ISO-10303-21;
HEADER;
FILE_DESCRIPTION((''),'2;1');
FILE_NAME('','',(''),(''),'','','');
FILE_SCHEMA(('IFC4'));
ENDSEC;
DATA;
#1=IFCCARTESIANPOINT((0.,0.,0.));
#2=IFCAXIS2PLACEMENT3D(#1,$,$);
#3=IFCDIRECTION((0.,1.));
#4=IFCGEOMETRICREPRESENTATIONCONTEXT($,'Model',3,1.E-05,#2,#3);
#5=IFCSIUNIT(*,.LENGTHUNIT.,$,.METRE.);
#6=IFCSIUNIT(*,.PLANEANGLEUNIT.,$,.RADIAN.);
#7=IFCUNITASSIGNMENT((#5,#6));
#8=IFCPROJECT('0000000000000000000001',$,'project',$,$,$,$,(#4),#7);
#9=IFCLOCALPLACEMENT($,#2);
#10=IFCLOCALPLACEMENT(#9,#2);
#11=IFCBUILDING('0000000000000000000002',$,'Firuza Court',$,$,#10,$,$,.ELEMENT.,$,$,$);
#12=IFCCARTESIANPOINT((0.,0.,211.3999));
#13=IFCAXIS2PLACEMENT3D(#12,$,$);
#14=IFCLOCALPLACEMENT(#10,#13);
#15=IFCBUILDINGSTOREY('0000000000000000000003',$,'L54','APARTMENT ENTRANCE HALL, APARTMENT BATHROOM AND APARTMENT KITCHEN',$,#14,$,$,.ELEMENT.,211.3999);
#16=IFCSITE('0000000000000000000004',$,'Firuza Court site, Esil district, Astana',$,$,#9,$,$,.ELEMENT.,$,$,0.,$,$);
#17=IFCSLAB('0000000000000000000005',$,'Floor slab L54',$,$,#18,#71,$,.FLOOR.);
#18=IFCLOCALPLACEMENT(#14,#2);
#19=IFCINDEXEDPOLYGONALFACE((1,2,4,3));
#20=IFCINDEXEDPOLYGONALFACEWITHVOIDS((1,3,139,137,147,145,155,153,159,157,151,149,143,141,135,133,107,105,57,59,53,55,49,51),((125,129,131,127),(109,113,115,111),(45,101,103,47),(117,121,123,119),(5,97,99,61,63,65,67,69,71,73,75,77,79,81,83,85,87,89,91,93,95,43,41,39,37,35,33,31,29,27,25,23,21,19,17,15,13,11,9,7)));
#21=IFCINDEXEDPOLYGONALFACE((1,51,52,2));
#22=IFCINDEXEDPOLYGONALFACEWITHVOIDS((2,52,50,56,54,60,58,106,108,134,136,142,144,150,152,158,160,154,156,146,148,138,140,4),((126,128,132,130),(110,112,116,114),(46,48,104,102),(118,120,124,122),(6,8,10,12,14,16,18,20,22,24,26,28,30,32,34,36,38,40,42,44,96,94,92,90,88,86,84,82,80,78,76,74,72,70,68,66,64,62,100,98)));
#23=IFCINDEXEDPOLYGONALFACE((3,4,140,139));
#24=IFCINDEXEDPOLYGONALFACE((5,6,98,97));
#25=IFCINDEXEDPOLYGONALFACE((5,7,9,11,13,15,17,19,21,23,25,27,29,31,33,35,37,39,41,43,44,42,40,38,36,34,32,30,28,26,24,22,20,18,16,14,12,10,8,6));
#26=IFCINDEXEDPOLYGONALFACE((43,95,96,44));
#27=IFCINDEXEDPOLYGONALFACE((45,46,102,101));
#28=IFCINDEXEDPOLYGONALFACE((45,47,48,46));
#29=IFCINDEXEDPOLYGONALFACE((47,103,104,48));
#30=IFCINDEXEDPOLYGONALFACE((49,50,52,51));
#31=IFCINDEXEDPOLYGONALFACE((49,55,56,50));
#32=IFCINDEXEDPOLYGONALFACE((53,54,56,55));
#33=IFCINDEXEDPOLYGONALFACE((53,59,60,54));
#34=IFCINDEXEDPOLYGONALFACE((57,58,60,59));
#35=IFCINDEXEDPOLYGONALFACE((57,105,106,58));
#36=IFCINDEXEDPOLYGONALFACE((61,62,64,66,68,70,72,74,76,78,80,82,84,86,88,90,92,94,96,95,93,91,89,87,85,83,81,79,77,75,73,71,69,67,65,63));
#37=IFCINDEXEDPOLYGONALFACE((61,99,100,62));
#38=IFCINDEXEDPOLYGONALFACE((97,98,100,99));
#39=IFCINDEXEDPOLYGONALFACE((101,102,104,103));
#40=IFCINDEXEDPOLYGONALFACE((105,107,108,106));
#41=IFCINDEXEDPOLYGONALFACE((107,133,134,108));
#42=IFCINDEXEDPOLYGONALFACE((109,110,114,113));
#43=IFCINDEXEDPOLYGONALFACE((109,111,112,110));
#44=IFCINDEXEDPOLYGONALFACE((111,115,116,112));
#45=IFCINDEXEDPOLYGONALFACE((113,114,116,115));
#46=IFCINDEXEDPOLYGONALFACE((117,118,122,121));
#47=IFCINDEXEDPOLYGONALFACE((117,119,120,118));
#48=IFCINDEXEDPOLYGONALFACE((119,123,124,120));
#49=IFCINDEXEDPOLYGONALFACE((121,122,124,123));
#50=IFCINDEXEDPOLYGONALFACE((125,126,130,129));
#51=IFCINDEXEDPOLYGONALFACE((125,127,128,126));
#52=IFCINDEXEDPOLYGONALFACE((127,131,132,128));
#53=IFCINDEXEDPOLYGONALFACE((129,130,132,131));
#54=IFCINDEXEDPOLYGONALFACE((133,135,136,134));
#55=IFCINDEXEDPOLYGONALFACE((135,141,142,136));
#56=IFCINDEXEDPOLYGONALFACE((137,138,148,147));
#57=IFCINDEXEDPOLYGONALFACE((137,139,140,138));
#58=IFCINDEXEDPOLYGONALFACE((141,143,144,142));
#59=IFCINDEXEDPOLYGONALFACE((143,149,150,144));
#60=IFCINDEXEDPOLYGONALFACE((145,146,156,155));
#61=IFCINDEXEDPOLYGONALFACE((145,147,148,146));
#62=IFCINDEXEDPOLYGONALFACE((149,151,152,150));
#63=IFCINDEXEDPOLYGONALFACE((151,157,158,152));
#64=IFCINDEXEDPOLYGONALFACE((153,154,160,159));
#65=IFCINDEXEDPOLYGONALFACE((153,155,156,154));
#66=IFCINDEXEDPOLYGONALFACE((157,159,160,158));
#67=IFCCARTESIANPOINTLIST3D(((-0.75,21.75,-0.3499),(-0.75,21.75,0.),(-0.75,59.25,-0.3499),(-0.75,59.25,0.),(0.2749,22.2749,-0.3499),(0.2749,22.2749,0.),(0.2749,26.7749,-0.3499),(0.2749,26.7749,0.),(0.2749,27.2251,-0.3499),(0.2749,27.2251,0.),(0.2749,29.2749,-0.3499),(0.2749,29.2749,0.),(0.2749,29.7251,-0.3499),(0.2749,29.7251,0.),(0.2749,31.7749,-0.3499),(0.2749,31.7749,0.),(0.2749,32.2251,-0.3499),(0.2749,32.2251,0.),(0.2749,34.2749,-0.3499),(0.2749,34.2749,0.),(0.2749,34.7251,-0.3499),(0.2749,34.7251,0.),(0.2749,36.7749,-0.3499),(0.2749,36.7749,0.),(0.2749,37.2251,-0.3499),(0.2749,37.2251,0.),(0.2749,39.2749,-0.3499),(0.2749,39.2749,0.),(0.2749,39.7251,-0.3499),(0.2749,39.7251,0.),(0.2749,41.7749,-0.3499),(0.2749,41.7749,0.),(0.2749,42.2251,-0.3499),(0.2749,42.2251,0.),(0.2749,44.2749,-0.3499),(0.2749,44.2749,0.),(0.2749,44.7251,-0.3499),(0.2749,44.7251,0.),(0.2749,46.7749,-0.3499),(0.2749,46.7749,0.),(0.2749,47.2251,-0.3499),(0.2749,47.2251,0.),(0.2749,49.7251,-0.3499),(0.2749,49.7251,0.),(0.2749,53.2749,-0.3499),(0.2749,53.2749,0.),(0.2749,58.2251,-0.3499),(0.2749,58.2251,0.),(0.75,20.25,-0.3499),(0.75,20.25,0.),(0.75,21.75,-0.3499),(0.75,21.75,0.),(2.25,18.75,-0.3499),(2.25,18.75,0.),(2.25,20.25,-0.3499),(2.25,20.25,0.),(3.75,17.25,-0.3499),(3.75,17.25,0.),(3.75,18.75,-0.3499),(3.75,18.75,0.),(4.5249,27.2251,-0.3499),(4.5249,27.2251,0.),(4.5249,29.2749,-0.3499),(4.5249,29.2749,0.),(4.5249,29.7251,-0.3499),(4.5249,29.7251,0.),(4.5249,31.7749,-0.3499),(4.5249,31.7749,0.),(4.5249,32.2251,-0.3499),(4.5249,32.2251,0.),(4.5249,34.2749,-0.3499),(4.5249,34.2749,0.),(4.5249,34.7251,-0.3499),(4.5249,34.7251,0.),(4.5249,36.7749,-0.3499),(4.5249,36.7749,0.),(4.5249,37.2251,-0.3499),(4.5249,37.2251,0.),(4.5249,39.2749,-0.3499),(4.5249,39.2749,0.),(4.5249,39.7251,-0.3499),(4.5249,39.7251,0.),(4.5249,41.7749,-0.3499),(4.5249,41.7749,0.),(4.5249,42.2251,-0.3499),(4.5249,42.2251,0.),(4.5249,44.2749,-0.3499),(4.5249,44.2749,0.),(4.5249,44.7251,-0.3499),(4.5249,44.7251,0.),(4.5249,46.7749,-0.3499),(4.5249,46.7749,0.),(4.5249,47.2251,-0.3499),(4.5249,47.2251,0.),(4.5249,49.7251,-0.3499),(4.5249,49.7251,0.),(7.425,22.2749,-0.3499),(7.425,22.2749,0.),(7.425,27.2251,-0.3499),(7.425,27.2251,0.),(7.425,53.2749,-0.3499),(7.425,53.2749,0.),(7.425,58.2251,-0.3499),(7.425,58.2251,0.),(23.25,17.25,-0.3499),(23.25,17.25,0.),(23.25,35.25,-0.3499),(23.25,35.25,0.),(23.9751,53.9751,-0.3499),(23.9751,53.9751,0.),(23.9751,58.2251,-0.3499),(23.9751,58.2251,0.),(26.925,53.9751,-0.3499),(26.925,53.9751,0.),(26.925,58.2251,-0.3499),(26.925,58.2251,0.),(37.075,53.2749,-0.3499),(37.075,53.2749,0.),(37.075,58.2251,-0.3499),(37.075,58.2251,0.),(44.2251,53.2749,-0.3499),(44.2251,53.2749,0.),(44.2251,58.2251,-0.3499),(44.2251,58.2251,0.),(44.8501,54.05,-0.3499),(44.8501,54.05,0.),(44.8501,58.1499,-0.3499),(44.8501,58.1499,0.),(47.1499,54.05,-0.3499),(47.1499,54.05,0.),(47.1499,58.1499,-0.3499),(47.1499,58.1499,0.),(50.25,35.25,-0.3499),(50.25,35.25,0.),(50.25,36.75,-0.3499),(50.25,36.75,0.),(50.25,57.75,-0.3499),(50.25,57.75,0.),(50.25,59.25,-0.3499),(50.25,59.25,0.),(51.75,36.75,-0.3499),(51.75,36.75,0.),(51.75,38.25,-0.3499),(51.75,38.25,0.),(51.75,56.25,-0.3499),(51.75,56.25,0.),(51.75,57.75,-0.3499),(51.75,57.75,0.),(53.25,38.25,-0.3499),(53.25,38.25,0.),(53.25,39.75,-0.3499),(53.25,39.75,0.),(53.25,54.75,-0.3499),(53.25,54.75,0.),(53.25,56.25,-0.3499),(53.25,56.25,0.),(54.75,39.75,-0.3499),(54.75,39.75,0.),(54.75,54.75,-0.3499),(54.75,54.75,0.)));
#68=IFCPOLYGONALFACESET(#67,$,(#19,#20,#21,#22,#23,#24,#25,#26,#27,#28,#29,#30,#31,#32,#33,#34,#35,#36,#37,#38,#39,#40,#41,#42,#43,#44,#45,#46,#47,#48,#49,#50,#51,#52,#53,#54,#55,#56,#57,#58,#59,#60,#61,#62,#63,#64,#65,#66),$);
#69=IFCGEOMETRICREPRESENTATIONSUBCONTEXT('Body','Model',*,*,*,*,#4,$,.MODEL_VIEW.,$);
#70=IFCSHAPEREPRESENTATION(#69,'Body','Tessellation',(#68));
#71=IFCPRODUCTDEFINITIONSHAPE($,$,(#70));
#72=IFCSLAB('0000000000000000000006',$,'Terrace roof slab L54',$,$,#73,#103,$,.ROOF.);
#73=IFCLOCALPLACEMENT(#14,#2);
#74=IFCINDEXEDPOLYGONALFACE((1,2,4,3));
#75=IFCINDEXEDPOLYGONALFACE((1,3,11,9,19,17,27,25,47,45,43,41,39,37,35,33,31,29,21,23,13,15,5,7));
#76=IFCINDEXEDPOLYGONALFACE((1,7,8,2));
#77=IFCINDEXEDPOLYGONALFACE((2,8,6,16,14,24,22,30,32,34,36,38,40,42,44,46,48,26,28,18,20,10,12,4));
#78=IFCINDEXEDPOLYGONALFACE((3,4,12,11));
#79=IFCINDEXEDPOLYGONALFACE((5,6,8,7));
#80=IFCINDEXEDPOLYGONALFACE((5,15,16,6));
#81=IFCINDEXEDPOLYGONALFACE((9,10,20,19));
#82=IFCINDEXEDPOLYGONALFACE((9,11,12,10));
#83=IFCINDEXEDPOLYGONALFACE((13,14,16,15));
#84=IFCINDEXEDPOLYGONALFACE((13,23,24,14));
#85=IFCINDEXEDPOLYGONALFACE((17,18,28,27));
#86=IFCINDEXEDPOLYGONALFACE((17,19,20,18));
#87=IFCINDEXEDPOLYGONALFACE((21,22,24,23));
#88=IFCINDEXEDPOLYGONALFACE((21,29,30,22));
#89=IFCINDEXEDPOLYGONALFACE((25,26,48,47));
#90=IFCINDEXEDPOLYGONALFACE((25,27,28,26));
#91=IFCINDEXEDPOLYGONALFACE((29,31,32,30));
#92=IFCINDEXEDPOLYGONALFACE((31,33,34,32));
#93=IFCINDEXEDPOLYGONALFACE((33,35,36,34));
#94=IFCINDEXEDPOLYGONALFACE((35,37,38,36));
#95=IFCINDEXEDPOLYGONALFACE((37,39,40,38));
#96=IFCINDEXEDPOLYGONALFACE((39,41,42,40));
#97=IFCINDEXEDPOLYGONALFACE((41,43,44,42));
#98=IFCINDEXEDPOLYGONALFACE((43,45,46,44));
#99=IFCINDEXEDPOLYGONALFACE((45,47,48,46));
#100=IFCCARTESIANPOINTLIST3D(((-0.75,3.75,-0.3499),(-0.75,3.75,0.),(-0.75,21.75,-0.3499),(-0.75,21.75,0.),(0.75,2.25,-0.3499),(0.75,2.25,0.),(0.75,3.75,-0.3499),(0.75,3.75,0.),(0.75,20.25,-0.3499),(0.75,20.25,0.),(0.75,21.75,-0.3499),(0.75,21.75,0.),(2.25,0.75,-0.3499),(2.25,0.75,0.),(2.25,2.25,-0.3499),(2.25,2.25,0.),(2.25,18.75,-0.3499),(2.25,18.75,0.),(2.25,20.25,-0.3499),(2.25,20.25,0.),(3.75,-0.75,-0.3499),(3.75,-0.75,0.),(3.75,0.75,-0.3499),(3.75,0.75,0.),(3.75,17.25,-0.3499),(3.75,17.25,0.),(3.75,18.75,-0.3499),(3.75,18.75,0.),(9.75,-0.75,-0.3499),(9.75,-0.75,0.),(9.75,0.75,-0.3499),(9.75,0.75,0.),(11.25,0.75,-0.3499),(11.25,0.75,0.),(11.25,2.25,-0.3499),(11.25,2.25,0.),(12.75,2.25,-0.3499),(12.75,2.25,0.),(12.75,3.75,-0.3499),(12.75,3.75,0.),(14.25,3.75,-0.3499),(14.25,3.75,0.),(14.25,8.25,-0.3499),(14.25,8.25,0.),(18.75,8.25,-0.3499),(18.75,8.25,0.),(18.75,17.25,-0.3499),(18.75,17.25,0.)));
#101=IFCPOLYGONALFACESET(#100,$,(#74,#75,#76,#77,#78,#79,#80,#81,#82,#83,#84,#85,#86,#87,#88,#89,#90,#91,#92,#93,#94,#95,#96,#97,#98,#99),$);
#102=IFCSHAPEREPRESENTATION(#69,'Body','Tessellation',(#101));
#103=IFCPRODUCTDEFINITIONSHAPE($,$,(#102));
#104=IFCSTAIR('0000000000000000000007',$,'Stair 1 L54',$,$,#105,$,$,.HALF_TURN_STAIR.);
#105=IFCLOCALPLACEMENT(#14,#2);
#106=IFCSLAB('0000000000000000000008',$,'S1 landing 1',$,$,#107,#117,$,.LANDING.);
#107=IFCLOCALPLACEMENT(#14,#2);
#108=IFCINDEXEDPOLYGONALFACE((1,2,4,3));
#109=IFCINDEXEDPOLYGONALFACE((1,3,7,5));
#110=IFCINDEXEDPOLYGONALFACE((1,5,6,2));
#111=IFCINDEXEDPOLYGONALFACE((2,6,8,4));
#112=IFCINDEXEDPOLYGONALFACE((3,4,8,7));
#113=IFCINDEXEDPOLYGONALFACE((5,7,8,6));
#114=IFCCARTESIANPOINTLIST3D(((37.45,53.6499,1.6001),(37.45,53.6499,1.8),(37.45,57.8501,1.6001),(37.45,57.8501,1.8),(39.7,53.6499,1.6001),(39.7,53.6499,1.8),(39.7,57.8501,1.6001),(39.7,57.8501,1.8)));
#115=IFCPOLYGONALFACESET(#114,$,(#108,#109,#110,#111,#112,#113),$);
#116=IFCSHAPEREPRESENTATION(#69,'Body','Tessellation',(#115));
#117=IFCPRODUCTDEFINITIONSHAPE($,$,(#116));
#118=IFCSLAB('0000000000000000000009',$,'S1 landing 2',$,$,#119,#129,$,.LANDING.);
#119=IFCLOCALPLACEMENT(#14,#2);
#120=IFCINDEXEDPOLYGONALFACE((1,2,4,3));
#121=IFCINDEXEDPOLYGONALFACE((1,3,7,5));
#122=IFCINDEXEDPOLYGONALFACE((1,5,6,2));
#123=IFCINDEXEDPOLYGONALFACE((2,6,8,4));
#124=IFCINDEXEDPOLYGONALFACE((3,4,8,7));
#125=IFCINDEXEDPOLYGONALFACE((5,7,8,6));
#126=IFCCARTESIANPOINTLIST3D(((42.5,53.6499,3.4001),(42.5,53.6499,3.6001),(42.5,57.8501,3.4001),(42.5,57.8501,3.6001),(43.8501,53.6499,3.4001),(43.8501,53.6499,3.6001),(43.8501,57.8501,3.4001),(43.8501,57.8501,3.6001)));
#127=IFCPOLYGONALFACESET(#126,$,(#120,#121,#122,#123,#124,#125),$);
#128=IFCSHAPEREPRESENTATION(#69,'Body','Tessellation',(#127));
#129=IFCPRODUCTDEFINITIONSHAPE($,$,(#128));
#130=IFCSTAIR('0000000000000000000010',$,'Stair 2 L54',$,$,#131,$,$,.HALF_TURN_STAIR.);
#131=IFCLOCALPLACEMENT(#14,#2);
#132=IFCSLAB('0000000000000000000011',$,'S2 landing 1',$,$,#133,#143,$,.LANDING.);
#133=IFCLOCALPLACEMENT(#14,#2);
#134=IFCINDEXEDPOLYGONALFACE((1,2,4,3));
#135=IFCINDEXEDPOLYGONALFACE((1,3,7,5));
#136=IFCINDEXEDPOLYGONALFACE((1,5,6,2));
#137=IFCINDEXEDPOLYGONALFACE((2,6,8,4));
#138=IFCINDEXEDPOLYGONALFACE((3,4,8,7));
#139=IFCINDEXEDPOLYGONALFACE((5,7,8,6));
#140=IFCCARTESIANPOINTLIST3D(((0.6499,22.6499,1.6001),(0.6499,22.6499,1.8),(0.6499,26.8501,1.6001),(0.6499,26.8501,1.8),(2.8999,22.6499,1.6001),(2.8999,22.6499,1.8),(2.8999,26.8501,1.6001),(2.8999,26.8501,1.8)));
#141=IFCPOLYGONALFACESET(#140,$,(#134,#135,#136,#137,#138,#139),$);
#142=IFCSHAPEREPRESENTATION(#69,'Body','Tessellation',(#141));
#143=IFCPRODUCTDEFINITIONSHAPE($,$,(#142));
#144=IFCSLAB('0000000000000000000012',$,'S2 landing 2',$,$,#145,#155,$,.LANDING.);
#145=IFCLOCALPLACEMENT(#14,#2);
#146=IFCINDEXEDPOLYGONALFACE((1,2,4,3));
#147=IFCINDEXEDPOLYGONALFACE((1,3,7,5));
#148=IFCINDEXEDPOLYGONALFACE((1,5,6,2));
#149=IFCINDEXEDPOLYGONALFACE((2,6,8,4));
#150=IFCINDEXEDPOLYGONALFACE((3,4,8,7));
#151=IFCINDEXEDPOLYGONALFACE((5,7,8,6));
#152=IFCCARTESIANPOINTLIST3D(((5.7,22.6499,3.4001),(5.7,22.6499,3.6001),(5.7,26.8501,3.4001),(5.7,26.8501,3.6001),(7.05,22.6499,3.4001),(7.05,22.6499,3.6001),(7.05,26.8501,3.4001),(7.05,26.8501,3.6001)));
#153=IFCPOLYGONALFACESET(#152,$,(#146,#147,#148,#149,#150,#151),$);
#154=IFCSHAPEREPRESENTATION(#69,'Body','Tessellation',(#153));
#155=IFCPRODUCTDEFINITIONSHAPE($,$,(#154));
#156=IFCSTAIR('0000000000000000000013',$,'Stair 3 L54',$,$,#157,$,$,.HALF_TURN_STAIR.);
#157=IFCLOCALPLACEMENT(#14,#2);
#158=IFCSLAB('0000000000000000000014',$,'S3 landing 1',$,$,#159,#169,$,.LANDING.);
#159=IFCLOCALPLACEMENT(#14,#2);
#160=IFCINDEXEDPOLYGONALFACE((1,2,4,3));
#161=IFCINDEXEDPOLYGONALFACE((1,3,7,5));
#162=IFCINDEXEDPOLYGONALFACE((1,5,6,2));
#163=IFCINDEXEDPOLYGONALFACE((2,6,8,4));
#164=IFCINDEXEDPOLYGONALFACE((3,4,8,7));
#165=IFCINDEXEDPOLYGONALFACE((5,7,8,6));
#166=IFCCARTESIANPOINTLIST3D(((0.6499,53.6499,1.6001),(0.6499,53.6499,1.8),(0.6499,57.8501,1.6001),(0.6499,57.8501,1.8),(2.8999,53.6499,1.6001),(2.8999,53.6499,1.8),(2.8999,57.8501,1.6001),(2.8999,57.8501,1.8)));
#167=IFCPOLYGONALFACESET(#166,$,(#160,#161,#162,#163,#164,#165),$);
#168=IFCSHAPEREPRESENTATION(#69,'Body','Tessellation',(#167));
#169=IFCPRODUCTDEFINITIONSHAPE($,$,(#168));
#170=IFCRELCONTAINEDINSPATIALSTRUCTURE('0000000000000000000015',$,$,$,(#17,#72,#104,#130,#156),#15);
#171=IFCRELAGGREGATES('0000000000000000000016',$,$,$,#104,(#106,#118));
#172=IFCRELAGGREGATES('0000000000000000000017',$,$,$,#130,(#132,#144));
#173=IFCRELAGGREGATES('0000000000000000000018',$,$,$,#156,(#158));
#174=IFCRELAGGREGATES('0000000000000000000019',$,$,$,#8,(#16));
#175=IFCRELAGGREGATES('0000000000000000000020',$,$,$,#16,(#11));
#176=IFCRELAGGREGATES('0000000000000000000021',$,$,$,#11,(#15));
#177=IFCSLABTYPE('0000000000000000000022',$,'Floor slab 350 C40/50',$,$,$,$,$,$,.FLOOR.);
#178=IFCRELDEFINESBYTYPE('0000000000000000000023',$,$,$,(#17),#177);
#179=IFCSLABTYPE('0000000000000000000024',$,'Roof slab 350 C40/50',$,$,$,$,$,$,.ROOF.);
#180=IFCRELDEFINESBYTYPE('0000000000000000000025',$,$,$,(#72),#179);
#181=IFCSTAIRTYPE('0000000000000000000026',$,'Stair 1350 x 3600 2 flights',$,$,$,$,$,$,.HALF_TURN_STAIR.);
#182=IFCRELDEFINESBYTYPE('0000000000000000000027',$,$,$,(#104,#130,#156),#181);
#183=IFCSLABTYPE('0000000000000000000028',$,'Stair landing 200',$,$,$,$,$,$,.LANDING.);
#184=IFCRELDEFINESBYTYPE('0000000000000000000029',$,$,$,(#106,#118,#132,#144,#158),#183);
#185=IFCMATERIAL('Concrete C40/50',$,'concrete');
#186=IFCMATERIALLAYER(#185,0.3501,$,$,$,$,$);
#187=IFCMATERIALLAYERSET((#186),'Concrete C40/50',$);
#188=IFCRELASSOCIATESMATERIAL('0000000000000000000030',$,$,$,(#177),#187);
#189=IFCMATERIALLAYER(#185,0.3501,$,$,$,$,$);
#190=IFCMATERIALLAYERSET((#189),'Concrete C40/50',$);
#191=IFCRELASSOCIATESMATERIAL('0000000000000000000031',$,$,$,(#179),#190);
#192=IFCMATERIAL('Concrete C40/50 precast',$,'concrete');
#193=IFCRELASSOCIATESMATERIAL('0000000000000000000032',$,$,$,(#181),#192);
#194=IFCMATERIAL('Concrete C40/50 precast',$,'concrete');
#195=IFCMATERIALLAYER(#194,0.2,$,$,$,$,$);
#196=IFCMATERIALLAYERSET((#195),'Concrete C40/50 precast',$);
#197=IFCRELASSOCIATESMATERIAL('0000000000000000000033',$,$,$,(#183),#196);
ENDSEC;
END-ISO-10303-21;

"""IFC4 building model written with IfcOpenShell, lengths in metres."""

from ifc_helpers import new_model, si_unit, direction, frame, origin, place, context, subcontext, project, spatial, polyline, outline, extrude, material, layer, layer_set, type_object, element, aggregate, save


model = new_model("IFC4")

# Units and contexts
model_context = context("Model", 3, precision=1e-05, world=origin(), true_north=direction((0.0, 1.0)))
body_context = subcontext(model_context, "Body", "Model", "MODEL_VIEW")
ifc_project = project(units=[si_unit("LENGTHUNIT", "METRE"), si_unit("PLANEANGLEUNIT", "RADIAN")], contexts=[model_context])

# Site, building, storey
site_placement = place(None, origin())
site = spatial("IfcSite", under=ifc_project, at=site_placement, Name="Firuza Court site, Esil district, Astana", CompositionType="ELEMENT", RefElevation=0.0)
building_placement = place(site_placement, origin())
building = spatial("IfcBuilding", under=site, at=building_placement, Name="Firuza Court", CompositionType="ELEMENT")
storey_placement = place(building_placement, frame((0.0, 0.0, 211.3999)))
storey = spatial("IfcBuildingStorey", under=building, at=storey_placement, Name="L54", Description="APARTMENT ENTRANCE HALL, APARTMENT BATHROOM AND APARTMENT KITCHEN", CompositionType="ELEMENT", Elevation=211.3999)

# Slabs
ifc_material_1 = material(Name="Concrete C40/50", Category="concrete")
ifc_layer_1 = layer(ifc_material_1, 0.3501)
ifc_layer_set_1 = layer_set([ifc_layer_1], Name="Concrete C40/50")
slab_type_1 = type_object("IfcSlabType", Name="Floor slab 350 C40/50", PredefinedType="FLOOR", material=ifc_layer_set_1)
slab_1_placement = place(storey_placement, frame((0.0, 0.0, -0.3499)))
element("IfcSlab", 1, at=slab_1_placement, inside=storey, type_object=slab_type_1, Name="Floor slab L54", PredefinedType="FLOOR", context=body_context, shape_type="SweptSolid", body=[
    extrude(outline(polyline([(-0.75, 59.25), (50.25, 59.25), (50.25, 57.75), (51.75, 57.75), (51.75, 56.25), (53.25, 56.25), (53.25, 54.75), (54.75, 54.75), (54.75, 39.75), (53.25, 39.75), (53.25, 38.25), (51.75, 38.25), (51.75, 36.75), (50.25, 36.75), (50.25, 35.25), (23.25, 35.25), (23.25, 17.25), (3.75, 17.25), (3.75, 18.75), (2.25, 18.75), (2.25, 20.25), (0.75, 20.25), (0.75, 21.75), (-0.75, 21.75), (-0.75, 59.25)]), holes=[polyline([(0.2749, 34.2749), (0.2749, 32.2251), (0.2749, 31.7749), (0.2749, 29.7251), (0.2749, 29.2749), (0.2749, 27.2251), (0.2749, 26.7749), (0.2749, 22.2749), (7.425, 22.2749), (7.425, 27.2251), (4.5249, 27.2251), (4.5249, 29.2749), (4.5249, 29.7251), (4.5249, 31.7749), (4.5249, 32.2251), (4.5249, 34.2749), (4.5249, 34.7251), (4.5249, 36.7749), (4.5249, 37.2251), (4.5249, 39.2749), (4.5249, 39.7251), (4.5249, 41.7749), (4.5249, 42.2251), (4.5249, 44.2749), (4.5249, 44.7251), (4.5249, 46.7749), (4.5249, 47.2251), (4.5249, 49.7251), (0.2749, 49.7251), (0.2749, 47.2251), (0.2749, 46.7749), (0.2749, 44.7251), (0.2749, 44.2749), (0.2749, 42.2251), (0.2749, 41.7749), (0.2749, 39.7251), (0.2749, 39.2749), (0.2749, 37.2251), (0.2749, 36.7749), (0.2749, 34.7251), (0.2749, 34.2749)]), polyline([(7.425, 58.2251), (0.2749, 58.2251), (0.2749, 53.2749), (7.425, 53.2749), (7.425, 58.2251)]), polyline([(44.2251, 58.2251), (37.075, 58.2251), (37.075, 53.2749), (44.2251, 53.2749), (44.2251, 58.2251)]), polyline([(26.925, 58.2251), (23.9751, 58.2251), (23.9751, 53.9751), (26.925, 53.9751), (26.925, 58.2251)]), polyline([(47.1499, 58.1499), (44.8501, 58.1499), (44.8501, 54.05), (47.1499, 54.05), (47.1499, 58.1499)])]), origin(), (0.0, 0.0, 1.0), 0.3499),
])
ifc_layer_2 = layer(ifc_material_1, 0.3501)
ifc_layer_set_2 = layer_set([ifc_layer_2], Name="Concrete C40/50")
slab_type_2 = type_object("IfcSlabType", Name="Roof slab 350 C40/50", PredefinedType="ROOF", material=ifc_layer_set_2)
slab_2_placement = place(storey_placement, frame((0.0, 0.0, -0.3499)))
element("IfcSlab", 2, at=slab_2_placement, inside=storey, type_object=slab_type_2, Name="Terrace roof slab L54", PredefinedType="ROOF", context=body_context, shape_type="SweptSolid", body=[
    extrude(outline(polyline([(-0.75, 21.75), (0.75, 21.75), (0.75, 20.25), (2.25, 20.25), (2.25, 18.75), (3.75, 18.75), (3.75, 17.25), (18.75, 17.25), (18.75, 8.25), (14.25, 8.25), (14.25, 3.75), (12.75, 3.75), (12.75, 2.25), (11.25, 2.25), (11.25, 0.75), (9.75, 0.75), (9.75, -0.75), (3.75, -0.75), (3.75, 0.75), (2.25, 0.75), (2.25, 2.25), (0.75, 2.25), (0.75, 3.75), (-0.75, 3.75), (-0.75, 21.75)])), origin(), (0.0, 0.0, 1.0), 0.3499),
])

# Stairs, slabs
ifc_material_2 = material(Name="Concrete C40/50 precast", Category="concrete")
stair_type = type_object("IfcStairType", Name="Stair 1350 x 3600 2 flights", PredefinedType="HALF_TURN_STAIR", material=ifc_material_2)
stair_1_placement = place(storey_placement, origin())
stair_1 = element("IfcStair", 3, at=stair_1_placement, inside=storey, type_object=stair_type, Name="Stair 1 L54", PredefinedType="HALF_TURN_STAIR")
ifc_material_3 = material(Name="Concrete C40/50 precast", Category="concrete")
ifc_layer_3 = layer(ifc_material_3, 0.2)
ifc_layer_set_3 = layer_set([ifc_layer_3], Name="Concrete C40/50 precast")
slab_type_3 = type_object("IfcSlabType", Name="Stair landing 200", PredefinedType="LANDING", material=ifc_layer_set_3)
slab_3_placement = place(storey_placement, frame((0.0, 0.0, 1.6001)))
slab_3 = element("IfcSlab", 4, at=slab_3_placement, type_object=slab_type_3, Name="S1 landing 1", PredefinedType="LANDING", context=body_context, shape_type="SweptSolid", body=[
    extrude(outline(polyline([(39.7, 53.6499), (39.7, 57.8501), (37.45, 57.8501), (37.45, 53.6499), (39.7, 53.6499)])), origin(), (0.0, 0.0, 1.0), 0.2),
])
slab_4_placement = place(storey_placement, frame((0.0, 0.0, 3.4001)))
slab_4 = element("IfcSlab", 5, at=slab_4_placement, type_object=slab_type_3, Name="S1 landing 2", PredefinedType="LANDING", context=body_context, shape_type="SweptSolid", body=[
    extrude(outline(polyline([(43.8501, 53.6499), (43.8501, 57.8501), (42.5, 57.8501), (42.5, 53.6499), (43.8501, 53.6499)])), origin(), (0.0, 0.0, 1.0), 0.2),
])
aggregate(stair_1, [slab_3, slab_4])
stair_2_placement = place(storey_placement, origin())
stair_2 = element("IfcStair", 6, at=stair_2_placement, inside=storey, type_object=stair_type, Name="Stair 2 L54", PredefinedType="HALF_TURN_STAIR")
slab_5_placement = place(storey_placement, frame((0.0, 0.0, 1.6001)))
slab_5 = element("IfcSlab", 7, at=slab_5_placement, type_object=slab_type_3, Name="S2 landing 1", PredefinedType="LANDING", context=body_context, shape_type="SweptSolid", body=[
    extrude(outline(polyline([(2.8999, 22.6499), (2.8999, 26.8501), (0.6499, 26.8501), (0.6499, 22.6499), (2.8999, 22.6499)])), origin(), (0.0, 0.0, 1.0), 0.2),
])
slab_6_placement = place(storey_placement, frame((0.0, 0.0, 3.4001)))
slab_6 = element("IfcSlab", 8, at=slab_6_placement, type_object=slab_type_3, Name="S2 landing 2", PredefinedType="LANDING", context=body_context, shape_type="SweptSolid", body=[
    extrude(outline(polyline([(7.05, 22.6499), (7.05, 26.8501), (5.7, 26.8501), (5.7, 22.6499), (7.05, 22.6499)])), origin(), (0.0, 0.0, 1.0), 0.2),
])
aggregate(stair_2, [slab_5, slab_6])
stair_3_placement = place(storey_placement, origin())
stair_3 = element("IfcStair", 9, at=stair_3_placement, inside=storey, type_object=stair_type, Name="Stair 3 L54", PredefinedType="HALF_TURN_STAIR")
slab_7_placement = place(storey_placement, frame((0.0, 0.0, 1.6001)))
slab_7 = element("IfcSlab", 10, at=slab_7_placement, type_object=slab_type_3, Name="S3 landing 1", PredefinedType="LANDING", context=body_context, shape_type="SweptSolid", body=[
    extrude(outline(polyline([(2.8999, 53.6499), (2.8999, 57.8501), (0.6499, 57.8501), (0.6499, 53.6499), (2.8999, 53.6499)])), origin(), (0.0, 0.0, 1.0), 0.2),
])
aggregate(stair_3, [slab_7])

save(model, "model.ifc")
